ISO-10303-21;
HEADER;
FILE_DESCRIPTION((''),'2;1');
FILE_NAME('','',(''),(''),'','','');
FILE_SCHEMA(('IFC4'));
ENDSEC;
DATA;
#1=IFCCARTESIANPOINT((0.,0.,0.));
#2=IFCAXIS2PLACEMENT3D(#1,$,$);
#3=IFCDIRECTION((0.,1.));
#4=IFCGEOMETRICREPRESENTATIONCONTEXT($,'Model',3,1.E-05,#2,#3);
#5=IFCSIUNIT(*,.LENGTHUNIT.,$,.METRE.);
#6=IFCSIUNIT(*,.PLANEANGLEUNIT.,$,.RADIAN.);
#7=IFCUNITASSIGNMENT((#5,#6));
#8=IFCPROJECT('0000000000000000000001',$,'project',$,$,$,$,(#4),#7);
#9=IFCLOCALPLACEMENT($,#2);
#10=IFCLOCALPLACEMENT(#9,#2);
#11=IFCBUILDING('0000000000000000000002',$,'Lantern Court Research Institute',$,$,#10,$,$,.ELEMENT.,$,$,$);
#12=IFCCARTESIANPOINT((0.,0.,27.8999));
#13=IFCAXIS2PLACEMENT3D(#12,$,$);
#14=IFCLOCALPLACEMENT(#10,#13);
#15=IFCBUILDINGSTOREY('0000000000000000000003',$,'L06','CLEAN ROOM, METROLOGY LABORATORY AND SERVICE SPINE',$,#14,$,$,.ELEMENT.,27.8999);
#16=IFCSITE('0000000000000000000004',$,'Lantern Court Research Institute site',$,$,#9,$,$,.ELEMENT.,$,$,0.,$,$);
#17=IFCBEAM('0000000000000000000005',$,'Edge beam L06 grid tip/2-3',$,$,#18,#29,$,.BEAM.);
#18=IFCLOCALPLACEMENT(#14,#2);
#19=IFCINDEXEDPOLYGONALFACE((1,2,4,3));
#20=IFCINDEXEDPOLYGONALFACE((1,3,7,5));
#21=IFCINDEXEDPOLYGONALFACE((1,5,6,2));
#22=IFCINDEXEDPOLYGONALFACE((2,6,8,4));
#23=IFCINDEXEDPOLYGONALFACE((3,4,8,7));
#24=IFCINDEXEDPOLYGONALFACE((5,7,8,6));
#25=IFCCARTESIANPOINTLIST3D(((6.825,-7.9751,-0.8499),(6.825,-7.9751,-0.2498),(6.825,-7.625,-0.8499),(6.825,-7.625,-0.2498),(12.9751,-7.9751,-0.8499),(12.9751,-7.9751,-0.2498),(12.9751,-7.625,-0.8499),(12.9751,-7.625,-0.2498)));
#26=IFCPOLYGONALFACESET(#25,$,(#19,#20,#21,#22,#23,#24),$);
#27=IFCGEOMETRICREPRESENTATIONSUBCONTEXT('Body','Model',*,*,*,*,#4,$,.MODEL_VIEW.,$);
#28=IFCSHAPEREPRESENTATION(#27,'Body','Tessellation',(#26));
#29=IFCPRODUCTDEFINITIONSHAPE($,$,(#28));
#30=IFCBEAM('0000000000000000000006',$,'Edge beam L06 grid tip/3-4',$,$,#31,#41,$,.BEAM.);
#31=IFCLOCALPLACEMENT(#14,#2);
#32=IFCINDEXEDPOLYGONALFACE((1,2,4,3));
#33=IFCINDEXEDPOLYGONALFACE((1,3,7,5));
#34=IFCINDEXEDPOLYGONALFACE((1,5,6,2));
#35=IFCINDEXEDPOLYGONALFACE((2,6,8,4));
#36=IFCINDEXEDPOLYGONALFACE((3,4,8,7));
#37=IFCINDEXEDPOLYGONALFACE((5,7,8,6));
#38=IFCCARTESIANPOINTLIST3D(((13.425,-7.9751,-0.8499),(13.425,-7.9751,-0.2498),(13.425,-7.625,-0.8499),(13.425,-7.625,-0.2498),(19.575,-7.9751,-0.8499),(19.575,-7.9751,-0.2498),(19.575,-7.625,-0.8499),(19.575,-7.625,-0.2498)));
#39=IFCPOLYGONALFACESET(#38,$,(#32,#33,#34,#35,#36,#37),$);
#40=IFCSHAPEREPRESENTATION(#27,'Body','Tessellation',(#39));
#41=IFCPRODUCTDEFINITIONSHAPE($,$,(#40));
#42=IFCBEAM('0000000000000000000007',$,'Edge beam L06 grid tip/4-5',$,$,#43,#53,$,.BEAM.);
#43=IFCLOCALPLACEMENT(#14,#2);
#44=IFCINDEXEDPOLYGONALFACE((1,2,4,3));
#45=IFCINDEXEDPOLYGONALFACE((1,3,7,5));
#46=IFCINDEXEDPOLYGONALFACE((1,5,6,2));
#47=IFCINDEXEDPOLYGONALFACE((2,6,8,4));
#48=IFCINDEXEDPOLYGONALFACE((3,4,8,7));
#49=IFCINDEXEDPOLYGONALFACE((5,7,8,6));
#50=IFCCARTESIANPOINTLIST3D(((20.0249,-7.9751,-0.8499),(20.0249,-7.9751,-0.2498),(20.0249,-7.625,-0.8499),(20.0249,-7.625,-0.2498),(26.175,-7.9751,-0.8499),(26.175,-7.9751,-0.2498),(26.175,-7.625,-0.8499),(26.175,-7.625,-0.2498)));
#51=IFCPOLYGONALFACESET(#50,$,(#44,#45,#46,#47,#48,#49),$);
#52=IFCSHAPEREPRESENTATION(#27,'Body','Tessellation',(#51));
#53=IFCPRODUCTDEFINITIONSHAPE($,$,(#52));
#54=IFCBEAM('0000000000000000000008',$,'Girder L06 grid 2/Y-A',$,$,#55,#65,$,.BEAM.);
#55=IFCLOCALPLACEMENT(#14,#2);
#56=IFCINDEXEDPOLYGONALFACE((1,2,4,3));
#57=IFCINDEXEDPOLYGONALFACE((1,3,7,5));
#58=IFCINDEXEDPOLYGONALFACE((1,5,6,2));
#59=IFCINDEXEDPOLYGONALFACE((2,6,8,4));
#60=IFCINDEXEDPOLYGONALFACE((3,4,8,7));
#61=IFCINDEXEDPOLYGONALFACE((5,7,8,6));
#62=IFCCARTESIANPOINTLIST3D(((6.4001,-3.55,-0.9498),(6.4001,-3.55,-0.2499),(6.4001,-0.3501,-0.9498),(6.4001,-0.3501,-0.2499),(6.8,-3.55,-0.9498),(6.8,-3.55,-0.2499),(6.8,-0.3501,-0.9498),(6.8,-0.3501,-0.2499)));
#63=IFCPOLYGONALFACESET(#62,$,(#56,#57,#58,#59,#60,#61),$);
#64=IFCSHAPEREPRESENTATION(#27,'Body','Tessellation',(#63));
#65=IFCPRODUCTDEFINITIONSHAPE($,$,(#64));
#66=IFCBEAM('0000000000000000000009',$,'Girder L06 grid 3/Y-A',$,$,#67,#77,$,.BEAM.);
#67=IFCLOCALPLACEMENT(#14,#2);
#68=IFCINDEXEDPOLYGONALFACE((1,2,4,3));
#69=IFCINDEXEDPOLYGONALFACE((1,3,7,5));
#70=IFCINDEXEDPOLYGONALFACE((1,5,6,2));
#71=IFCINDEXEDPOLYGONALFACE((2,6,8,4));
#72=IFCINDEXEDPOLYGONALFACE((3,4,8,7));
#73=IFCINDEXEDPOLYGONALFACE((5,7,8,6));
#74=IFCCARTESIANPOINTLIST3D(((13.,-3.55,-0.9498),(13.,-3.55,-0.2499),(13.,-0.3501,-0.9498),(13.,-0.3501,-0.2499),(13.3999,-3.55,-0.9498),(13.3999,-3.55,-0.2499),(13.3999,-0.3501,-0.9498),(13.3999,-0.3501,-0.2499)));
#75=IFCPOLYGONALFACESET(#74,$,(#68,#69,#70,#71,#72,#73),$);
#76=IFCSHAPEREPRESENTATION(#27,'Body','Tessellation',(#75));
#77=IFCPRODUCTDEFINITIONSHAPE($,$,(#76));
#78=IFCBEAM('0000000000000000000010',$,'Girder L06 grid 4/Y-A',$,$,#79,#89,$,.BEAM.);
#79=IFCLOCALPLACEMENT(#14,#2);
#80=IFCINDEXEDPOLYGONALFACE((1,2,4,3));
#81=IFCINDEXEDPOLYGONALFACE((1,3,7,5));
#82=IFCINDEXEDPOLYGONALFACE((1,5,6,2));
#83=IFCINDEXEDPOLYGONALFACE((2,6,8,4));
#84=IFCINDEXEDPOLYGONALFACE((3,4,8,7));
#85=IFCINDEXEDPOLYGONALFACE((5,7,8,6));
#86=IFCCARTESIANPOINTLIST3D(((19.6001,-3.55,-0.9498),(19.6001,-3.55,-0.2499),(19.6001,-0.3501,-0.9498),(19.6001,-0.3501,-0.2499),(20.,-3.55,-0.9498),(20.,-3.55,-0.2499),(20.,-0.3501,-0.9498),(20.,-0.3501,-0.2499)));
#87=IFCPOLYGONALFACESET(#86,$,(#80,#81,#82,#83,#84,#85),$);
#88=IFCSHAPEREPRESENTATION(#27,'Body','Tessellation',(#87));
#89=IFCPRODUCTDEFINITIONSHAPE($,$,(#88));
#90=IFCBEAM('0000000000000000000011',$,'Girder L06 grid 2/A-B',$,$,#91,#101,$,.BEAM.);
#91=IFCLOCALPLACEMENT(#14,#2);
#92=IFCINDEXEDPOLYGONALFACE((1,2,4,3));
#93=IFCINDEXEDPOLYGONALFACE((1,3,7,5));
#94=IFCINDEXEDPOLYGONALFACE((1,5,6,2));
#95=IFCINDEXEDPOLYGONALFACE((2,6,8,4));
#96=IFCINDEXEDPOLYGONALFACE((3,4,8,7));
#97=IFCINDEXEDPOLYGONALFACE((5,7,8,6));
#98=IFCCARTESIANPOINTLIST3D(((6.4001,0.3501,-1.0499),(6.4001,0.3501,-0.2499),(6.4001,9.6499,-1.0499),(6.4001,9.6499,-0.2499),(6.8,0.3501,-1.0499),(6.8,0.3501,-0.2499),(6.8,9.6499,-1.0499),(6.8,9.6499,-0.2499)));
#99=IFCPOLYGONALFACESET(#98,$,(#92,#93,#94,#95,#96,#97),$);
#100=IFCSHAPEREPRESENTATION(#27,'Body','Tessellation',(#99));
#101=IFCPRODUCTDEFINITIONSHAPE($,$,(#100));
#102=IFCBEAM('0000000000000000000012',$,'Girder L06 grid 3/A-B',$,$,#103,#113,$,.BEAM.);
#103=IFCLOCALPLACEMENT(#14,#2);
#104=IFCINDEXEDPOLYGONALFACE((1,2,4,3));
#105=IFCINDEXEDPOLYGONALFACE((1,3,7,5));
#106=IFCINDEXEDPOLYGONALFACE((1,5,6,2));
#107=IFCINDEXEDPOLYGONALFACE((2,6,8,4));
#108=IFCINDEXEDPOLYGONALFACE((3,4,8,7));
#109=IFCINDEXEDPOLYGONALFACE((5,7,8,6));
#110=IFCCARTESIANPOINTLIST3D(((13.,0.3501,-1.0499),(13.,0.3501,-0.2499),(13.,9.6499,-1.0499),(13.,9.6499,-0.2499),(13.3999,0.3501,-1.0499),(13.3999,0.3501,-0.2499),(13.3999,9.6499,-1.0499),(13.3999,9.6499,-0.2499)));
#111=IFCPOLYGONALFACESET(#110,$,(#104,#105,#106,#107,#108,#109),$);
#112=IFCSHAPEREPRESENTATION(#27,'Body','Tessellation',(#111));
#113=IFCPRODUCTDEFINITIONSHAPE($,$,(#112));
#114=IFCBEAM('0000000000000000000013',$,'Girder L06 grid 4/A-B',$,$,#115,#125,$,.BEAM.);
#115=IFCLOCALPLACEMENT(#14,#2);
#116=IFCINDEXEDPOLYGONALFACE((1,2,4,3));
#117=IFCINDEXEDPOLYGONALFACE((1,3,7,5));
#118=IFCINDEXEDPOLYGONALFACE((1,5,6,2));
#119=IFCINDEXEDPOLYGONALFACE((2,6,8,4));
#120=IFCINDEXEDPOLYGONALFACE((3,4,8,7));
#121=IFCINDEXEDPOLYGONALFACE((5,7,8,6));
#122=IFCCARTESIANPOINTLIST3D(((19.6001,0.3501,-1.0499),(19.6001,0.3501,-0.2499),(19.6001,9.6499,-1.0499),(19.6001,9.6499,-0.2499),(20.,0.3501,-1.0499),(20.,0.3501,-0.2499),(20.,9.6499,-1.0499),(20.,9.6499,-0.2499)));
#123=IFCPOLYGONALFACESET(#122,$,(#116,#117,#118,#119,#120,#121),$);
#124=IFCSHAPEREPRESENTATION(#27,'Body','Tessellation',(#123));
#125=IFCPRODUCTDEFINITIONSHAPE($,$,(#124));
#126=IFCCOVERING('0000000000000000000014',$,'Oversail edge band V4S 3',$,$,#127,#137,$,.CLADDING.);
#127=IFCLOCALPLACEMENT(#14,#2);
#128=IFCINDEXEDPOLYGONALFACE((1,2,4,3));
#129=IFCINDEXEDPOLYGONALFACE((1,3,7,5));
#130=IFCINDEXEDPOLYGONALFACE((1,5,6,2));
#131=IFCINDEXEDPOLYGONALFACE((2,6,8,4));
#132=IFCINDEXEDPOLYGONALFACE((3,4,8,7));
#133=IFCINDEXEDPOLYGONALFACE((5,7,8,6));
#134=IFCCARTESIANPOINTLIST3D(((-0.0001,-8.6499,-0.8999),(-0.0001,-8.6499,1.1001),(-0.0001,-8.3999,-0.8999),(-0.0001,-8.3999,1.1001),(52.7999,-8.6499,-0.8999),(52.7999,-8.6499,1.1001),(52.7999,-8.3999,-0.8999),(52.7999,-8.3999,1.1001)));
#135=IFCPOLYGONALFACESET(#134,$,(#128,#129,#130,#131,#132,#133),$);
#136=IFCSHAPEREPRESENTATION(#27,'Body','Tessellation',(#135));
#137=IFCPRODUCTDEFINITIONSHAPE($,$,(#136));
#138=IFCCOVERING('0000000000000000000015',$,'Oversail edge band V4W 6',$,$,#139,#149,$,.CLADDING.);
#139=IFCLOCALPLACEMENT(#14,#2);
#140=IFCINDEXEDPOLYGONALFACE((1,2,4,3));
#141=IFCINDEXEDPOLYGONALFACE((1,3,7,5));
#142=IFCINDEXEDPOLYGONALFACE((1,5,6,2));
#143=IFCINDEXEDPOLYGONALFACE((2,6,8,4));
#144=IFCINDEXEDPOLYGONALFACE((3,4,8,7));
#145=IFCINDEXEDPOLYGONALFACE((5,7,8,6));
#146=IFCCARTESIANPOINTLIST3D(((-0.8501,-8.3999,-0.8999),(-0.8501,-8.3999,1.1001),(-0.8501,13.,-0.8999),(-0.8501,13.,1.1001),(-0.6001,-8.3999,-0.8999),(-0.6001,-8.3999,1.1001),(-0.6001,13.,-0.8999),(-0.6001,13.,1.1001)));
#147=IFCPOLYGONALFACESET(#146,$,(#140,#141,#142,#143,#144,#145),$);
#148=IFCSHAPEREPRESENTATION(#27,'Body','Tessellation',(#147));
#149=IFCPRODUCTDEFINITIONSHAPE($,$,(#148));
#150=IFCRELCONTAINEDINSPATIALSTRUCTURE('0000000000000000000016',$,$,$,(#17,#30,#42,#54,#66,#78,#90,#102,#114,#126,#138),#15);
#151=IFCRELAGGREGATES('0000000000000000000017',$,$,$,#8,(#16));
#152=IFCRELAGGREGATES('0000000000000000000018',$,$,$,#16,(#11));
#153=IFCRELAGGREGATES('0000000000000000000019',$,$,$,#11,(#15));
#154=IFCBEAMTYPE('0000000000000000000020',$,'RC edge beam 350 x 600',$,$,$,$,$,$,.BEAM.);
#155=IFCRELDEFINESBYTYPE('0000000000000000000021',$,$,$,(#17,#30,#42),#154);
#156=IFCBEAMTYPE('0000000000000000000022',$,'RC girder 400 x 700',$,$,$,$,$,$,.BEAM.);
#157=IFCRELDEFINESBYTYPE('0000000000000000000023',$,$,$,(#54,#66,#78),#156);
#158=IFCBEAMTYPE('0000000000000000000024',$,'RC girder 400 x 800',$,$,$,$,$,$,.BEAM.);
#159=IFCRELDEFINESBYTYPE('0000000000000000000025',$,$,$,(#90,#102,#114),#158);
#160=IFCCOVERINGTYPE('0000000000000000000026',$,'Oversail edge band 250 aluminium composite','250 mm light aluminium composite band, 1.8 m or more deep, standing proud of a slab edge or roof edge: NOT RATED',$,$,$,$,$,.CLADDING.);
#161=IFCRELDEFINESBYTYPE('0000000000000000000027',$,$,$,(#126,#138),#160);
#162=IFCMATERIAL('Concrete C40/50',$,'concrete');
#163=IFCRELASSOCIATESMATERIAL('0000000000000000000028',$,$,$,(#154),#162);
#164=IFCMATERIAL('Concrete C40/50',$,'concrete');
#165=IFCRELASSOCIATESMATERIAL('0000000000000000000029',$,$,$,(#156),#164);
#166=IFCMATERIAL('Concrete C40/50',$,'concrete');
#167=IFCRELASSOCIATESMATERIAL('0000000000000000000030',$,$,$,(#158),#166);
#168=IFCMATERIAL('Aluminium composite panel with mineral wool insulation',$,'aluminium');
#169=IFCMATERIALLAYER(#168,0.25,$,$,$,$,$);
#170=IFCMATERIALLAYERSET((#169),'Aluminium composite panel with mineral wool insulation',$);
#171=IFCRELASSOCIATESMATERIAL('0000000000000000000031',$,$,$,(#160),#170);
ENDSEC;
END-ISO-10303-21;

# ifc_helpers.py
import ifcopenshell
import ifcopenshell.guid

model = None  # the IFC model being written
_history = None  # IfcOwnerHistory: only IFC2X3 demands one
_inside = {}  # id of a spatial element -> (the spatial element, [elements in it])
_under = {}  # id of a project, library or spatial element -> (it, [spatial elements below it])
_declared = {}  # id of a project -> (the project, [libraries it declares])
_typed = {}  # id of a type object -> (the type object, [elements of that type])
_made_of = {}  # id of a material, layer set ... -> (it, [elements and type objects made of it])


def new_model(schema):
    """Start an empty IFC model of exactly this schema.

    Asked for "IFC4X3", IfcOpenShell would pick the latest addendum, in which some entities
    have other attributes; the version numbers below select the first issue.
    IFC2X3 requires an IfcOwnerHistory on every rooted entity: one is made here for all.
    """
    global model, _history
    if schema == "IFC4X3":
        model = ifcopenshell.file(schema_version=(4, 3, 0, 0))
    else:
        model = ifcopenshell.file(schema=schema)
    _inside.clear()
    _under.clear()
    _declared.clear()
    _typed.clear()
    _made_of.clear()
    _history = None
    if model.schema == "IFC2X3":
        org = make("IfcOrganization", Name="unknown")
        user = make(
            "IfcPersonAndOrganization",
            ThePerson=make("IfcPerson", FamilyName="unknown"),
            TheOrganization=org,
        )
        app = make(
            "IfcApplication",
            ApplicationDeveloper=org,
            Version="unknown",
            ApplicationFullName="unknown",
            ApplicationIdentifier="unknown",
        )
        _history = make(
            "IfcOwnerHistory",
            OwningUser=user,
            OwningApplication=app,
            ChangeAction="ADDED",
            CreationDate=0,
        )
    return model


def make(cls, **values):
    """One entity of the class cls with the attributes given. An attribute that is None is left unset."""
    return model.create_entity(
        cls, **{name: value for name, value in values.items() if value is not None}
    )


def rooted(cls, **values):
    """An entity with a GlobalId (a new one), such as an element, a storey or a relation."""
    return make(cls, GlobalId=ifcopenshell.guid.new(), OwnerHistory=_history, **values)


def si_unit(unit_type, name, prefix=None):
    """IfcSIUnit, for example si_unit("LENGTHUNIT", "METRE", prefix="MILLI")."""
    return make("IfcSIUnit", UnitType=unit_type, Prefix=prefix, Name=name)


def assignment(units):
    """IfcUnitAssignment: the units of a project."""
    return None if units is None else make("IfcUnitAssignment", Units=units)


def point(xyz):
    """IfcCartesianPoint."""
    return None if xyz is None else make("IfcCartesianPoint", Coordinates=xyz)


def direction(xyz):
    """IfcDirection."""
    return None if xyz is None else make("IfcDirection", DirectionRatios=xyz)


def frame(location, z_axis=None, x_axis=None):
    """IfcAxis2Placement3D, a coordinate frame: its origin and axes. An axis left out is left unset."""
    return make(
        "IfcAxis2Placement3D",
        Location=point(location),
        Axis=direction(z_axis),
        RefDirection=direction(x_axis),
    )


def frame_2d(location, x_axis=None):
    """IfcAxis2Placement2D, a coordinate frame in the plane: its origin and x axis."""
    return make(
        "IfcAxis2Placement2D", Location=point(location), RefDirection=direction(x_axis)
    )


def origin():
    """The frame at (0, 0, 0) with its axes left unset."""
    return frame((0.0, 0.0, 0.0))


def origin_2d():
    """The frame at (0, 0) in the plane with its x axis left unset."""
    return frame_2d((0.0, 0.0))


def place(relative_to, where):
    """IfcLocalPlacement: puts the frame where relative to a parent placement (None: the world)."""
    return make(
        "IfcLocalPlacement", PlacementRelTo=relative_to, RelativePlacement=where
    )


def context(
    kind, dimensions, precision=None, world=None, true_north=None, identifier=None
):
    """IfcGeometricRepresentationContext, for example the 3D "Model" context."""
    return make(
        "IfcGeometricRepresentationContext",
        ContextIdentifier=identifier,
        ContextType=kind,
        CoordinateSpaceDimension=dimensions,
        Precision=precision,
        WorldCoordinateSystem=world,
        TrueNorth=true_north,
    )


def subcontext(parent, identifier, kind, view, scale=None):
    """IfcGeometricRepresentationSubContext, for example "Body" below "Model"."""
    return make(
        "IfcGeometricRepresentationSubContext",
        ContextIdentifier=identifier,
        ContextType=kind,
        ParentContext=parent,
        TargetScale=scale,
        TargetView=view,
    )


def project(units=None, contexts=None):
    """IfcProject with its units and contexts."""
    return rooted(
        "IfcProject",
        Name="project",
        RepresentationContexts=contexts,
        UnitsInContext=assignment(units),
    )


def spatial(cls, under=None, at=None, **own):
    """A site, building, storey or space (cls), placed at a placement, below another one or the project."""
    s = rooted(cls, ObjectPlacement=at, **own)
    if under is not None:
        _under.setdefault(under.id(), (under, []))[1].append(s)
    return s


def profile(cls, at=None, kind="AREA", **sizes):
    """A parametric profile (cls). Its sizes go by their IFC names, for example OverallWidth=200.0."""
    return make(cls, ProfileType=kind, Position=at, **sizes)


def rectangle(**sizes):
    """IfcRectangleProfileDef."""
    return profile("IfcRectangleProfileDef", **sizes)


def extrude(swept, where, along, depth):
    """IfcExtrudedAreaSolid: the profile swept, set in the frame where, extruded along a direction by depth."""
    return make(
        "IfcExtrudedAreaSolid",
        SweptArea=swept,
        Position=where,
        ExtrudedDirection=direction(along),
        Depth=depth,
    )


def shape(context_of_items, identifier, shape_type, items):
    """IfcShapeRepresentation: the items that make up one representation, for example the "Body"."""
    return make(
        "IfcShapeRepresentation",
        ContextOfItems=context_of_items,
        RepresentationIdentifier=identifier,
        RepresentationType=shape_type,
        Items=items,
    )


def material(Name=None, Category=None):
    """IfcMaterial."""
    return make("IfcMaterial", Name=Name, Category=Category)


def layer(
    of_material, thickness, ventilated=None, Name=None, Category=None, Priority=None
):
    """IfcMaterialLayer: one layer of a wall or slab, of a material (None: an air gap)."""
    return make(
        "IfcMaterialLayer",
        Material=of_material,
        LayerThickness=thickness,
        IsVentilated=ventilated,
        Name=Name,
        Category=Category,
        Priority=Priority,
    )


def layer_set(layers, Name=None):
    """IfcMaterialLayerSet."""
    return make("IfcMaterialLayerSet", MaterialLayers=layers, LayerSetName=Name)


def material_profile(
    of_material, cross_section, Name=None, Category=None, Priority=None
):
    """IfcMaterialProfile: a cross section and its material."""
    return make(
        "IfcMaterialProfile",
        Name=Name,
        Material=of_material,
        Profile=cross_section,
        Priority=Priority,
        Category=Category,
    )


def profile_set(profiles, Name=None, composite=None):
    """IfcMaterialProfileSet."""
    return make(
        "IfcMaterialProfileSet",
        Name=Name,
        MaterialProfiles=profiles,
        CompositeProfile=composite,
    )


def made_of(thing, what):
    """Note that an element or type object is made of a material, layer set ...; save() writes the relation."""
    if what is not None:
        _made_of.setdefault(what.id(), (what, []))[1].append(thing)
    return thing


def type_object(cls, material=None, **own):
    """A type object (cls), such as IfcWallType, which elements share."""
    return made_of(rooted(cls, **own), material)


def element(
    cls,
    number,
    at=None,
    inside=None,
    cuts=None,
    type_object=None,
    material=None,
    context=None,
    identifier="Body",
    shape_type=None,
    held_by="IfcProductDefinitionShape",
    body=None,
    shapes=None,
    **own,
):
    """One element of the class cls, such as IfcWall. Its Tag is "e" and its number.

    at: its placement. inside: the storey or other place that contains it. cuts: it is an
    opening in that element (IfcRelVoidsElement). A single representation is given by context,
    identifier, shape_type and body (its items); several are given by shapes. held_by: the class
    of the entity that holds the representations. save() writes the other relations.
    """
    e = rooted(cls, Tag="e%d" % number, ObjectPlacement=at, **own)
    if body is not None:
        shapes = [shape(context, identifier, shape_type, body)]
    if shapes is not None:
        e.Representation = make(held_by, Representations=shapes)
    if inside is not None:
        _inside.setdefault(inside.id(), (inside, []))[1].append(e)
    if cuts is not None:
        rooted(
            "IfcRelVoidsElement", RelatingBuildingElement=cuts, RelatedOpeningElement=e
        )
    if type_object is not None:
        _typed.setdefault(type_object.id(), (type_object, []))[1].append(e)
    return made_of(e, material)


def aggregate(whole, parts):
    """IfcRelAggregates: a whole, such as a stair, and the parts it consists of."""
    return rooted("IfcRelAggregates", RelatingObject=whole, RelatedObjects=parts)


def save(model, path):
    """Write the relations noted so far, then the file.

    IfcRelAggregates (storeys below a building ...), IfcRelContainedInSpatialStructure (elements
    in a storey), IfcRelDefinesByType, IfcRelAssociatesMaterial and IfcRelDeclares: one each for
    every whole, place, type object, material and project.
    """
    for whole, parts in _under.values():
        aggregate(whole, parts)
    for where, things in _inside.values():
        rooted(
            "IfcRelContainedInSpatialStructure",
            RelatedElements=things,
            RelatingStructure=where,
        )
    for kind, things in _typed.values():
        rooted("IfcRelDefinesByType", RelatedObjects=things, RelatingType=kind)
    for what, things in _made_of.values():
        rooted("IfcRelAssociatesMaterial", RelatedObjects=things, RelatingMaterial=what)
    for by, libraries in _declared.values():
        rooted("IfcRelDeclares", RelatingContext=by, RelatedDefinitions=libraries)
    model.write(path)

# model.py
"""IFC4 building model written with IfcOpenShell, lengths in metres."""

from ifc_helpers import new_model, si_unit, direction, frame, frame_2d, origin, origin_2d, place, context, subcontext, project, spatial, rectangle, extrude, material, layer, layer_set, material_profile, profile_set, type_object, element, save


model = new_model("IFC4")

# Units and contexts
model_context = context("Model", 3, precision=1e-05, world=origin(), true_north=direction((0.0, 1.0)))
body_context = subcontext(model_context, "Body", "Model", "MODEL_VIEW")
ifc_project = project(units=[si_unit("LENGTHUNIT", "METRE"), si_unit("PLANEANGLEUNIT", "RADIAN")], contexts=[model_context])

# Site, building, storey
site_placement = place(None, origin())
site = spatial("IfcSite", under=ifc_project, at=site_placement, Name="Lantern Court Research Institute site", CompositionType="ELEMENT", RefElevation=0.0)
building_placement = place(site_placement, origin())
building = spatial("IfcBuilding", under=site, at=building_placement, Name="Lantern Court Research Institute", CompositionType="ELEMENT")
storey_placement = place(building_placement, frame((0.0, 0.0, 27.8999)))
storey = spatial("IfcBuildingStorey", under=building, at=storey_placement, Name="L06", Description="CLEAN ROOM, METROLOGY LABORATORY AND SERVICE SPINE", CompositionType="ELEMENT", Elevation=27.8999)

# Beams
ifc_material_1 = material(Name="Concrete C40/50", Category="concrete")
ifc_material_profile_1 = material_profile(ifc_material_1, rectangle(XDim=0.3501, YDim=0.6001, at=origin_2d()), Name="RC beam 350 x 600")
ifc_profile_set_1 = profile_set([ifc_material_profile_1], Name="Concrete C40/50")
beam_type_1 = type_object("IfcBeamType", Name="RC edge beam 350 x 600", PredefinedType="BEAM", material=ifc_profile_set_1)
beam_1_placement = place(storey_placement, frame((6.825, -7.8, -0.5498), z_axis=(1.0, 0.0, 0.0), x_axis=(0.0, 1.0, 0.0)))
element("IfcBeam", 1, at=beam_1_placement, inside=storey, type_object=beam_type_1, Name="Edge beam L06 grid tip/2-3", PredefinedType="BEAM", context=body_context, shape_type="SweptSolid", body=[
    extrude(rectangle(XDim=0.3501, YDim=0.6001, at=origin_2d()), origin(), (0.0, 0.0, 1.0), 6.1501),
])
beam_2_placement = place(storey_placement, frame((13.425, -7.8, -0.5498), z_axis=(1.0, 0.0, 0.0), x_axis=(0.0, 1.0, 0.0)))
element("IfcBeam", 2, at=beam_2_placement, inside=storey, type_object=beam_type_1, Name="Edge beam L06 grid tip/3-4", PredefinedType="BEAM", context=body_context, shape_type="SweptSolid", body=[
    extrude(rectangle(XDim=0.3501, YDim=0.6001, at=origin_2d()), origin(), (0.0, 0.0, 1.0), 6.1499),
])
beam_3_placement = place(storey_placement, frame((20.0249, -7.8, -0.5498), z_axis=(1.0, 0.0, 0.0), x_axis=(0.0, 1.0, 0.0)))
element("IfcBeam", 3, at=beam_3_placement, inside=storey, type_object=beam_type_1, Name="Edge beam L06 grid tip/4-5", PredefinedType="BEAM", context=body_context, shape_type="SweptSolid", body=[
    extrude(rectangle(XDim=0.3501, YDim=0.6001, at=origin_2d()), origin(), (0.0, 0.0, 1.0), 6.1501),
])
ifc_material_2 = material(Name="Concrete C40/50", Category="concrete")
ifc_material_profile_2 = material_profile(ifc_material_2, rectangle(XDim=0.3999, YDim=0.7, at=origin_2d()), Name="RC beam 400 x 700")
ifc_profile_set_2 = profile_set([ifc_material_profile_2], Name="Concrete C40/50")
beam_type_2 = type_object("IfcBeamType", Name="RC girder 400 x 700", PredefinedType="BEAM", material=ifc_profile_set_2)
for number, where, z_axis, x_axis, name in (
    (4, (6.6001, -3.55, -0.5999), (0.0, 1.0, 0.0), (-1.0, 0.0, 0.0), "Girder L06 grid 2/Y-A"),
    (5, (13.2, -3.55, -0.5999), (0.0, 1.0, 0.0), (-1.0, 0.0, 0.0), "Girder L06 grid 3/Y-A"),
    (6, (19.8, -3.55, -0.5999), (0.0, 1.0, 0.0), (-1.0, 0.0, 0.0), "Girder L06 grid 4/Y-A"),
):
    element("IfcBeam", number, at=place(storey_placement, frame(where, z_axis=z_axis, x_axis=x_axis)), inside=storey, type_object=beam_type_2, Name=name, PredefinedType="BEAM", context=body_context, shape_type="SweptSolid", body=[
        extrude(rectangle(XDim=0.3999, YDim=0.7, at=origin_2d()), origin(), (0.0, 0.0, 1.0), 3.2),
    ])
ifc_material_3 = material(Name="Concrete C40/50", Category="concrete")
ifc_material_profile_3 = material_profile(ifc_material_3, rectangle(XDim=0.3999, YDim=0.8, at=origin_2d()), Name="RC beam 400 x 800")
ifc_profile_set_3 = profile_set([ifc_material_profile_3], Name="Concrete C40/50")
beam_type_3 = type_object("IfcBeamType", Name="RC girder 400 x 800", PredefinedType="BEAM", material=ifc_profile_set_3)
for number, where, z_axis, x_axis, name in (
    (7, (6.6001, 0.3501, -0.6499), (0.0, 1.0, 0.0), (-1.0, 0.0, 0.0), "Girder L06 grid 2/A-B"),
    (8, (13.2, 0.3501, -0.6499), (0.0, 1.0, 0.0), (-1.0, 0.0, 0.0), "Girder L06 grid 3/A-B"),
    (9, (19.8, 0.3501, -0.6499), (0.0, 1.0, 0.0), (-1.0, 0.0, 0.0), "Girder L06 grid 4/A-B"),
):
    element("IfcBeam", number, at=place(storey_placement, frame(where, z_axis=z_axis, x_axis=x_axis)), inside=storey, type_object=beam_type_3, Name=name, PredefinedType="BEAM", context=body_context, shape_type="SweptSolid", body=[
        extrude(rectangle(XDim=0.3999, YDim=0.8, at=origin_2d()), origin(), (0.0, 0.0, 1.0), 9.2998),
    ])

# Coverings
ifc_material_4 = material(Name="Aluminium composite panel with mineral wool insulation", Category="aluminium")
ifc_layer_1 = layer(ifc_material_4, 0.25)
ifc_layer_set_1 = layer_set([ifc_layer_1], Name="Aluminium composite panel with mineral wool insulation")
covering_type_1 = type_object("IfcCoveringType", Name="Oversail edge band 250 aluminium composite", Description="250 mm light aluminium composite band, 1.8 m or more deep, standing proud of a slab edge or roof edge: NOT RATED", PredefinedType="CLADDING", material=ifc_layer_set_1)
covering_1_placement = place(storey_placement, frame((0.0, -8.5249, -0.8999), z_axis=(0.0, 0.0, 1.0), x_axis=(1.0, 0.0, 0.0)))
element("IfcCovering", 10, at=covering_1_placement, inside=storey, type_object=covering_type_1, Name="Oversail edge band V4S 3", PredefinedType="CLADDING", context=body_context, shape_type="SweptSolid", body=[
    extrude(rectangle(XDim=52.8, YDim=0.25, at=frame_2d((26.3999, 0.0))), origin(), (0.0, 0.0, 1.0), 2.0),
])
covering_2_placement = place(storey_placement, frame((-0.7251, -8.3999, -0.8999), z_axis=(0.0, 0.0, 1.0), x_axis=(0.0, 1.0, 0.0)))
element("IfcCovering", 11, at=covering_2_placement, inside=storey, type_object=covering_type_1, Name="Oversail edge band V4W 6", PredefinedType="CLADDING", context=body_context, shape_type="SweptSolid", body=[
    extrude(rectangle(XDim=21.3999, YDim=0.25, at=frame_2d((10.7, 0.0))), origin(), (0.0, 0.0, 1.0), 2.0),
])

save(model, "model.ifc")
